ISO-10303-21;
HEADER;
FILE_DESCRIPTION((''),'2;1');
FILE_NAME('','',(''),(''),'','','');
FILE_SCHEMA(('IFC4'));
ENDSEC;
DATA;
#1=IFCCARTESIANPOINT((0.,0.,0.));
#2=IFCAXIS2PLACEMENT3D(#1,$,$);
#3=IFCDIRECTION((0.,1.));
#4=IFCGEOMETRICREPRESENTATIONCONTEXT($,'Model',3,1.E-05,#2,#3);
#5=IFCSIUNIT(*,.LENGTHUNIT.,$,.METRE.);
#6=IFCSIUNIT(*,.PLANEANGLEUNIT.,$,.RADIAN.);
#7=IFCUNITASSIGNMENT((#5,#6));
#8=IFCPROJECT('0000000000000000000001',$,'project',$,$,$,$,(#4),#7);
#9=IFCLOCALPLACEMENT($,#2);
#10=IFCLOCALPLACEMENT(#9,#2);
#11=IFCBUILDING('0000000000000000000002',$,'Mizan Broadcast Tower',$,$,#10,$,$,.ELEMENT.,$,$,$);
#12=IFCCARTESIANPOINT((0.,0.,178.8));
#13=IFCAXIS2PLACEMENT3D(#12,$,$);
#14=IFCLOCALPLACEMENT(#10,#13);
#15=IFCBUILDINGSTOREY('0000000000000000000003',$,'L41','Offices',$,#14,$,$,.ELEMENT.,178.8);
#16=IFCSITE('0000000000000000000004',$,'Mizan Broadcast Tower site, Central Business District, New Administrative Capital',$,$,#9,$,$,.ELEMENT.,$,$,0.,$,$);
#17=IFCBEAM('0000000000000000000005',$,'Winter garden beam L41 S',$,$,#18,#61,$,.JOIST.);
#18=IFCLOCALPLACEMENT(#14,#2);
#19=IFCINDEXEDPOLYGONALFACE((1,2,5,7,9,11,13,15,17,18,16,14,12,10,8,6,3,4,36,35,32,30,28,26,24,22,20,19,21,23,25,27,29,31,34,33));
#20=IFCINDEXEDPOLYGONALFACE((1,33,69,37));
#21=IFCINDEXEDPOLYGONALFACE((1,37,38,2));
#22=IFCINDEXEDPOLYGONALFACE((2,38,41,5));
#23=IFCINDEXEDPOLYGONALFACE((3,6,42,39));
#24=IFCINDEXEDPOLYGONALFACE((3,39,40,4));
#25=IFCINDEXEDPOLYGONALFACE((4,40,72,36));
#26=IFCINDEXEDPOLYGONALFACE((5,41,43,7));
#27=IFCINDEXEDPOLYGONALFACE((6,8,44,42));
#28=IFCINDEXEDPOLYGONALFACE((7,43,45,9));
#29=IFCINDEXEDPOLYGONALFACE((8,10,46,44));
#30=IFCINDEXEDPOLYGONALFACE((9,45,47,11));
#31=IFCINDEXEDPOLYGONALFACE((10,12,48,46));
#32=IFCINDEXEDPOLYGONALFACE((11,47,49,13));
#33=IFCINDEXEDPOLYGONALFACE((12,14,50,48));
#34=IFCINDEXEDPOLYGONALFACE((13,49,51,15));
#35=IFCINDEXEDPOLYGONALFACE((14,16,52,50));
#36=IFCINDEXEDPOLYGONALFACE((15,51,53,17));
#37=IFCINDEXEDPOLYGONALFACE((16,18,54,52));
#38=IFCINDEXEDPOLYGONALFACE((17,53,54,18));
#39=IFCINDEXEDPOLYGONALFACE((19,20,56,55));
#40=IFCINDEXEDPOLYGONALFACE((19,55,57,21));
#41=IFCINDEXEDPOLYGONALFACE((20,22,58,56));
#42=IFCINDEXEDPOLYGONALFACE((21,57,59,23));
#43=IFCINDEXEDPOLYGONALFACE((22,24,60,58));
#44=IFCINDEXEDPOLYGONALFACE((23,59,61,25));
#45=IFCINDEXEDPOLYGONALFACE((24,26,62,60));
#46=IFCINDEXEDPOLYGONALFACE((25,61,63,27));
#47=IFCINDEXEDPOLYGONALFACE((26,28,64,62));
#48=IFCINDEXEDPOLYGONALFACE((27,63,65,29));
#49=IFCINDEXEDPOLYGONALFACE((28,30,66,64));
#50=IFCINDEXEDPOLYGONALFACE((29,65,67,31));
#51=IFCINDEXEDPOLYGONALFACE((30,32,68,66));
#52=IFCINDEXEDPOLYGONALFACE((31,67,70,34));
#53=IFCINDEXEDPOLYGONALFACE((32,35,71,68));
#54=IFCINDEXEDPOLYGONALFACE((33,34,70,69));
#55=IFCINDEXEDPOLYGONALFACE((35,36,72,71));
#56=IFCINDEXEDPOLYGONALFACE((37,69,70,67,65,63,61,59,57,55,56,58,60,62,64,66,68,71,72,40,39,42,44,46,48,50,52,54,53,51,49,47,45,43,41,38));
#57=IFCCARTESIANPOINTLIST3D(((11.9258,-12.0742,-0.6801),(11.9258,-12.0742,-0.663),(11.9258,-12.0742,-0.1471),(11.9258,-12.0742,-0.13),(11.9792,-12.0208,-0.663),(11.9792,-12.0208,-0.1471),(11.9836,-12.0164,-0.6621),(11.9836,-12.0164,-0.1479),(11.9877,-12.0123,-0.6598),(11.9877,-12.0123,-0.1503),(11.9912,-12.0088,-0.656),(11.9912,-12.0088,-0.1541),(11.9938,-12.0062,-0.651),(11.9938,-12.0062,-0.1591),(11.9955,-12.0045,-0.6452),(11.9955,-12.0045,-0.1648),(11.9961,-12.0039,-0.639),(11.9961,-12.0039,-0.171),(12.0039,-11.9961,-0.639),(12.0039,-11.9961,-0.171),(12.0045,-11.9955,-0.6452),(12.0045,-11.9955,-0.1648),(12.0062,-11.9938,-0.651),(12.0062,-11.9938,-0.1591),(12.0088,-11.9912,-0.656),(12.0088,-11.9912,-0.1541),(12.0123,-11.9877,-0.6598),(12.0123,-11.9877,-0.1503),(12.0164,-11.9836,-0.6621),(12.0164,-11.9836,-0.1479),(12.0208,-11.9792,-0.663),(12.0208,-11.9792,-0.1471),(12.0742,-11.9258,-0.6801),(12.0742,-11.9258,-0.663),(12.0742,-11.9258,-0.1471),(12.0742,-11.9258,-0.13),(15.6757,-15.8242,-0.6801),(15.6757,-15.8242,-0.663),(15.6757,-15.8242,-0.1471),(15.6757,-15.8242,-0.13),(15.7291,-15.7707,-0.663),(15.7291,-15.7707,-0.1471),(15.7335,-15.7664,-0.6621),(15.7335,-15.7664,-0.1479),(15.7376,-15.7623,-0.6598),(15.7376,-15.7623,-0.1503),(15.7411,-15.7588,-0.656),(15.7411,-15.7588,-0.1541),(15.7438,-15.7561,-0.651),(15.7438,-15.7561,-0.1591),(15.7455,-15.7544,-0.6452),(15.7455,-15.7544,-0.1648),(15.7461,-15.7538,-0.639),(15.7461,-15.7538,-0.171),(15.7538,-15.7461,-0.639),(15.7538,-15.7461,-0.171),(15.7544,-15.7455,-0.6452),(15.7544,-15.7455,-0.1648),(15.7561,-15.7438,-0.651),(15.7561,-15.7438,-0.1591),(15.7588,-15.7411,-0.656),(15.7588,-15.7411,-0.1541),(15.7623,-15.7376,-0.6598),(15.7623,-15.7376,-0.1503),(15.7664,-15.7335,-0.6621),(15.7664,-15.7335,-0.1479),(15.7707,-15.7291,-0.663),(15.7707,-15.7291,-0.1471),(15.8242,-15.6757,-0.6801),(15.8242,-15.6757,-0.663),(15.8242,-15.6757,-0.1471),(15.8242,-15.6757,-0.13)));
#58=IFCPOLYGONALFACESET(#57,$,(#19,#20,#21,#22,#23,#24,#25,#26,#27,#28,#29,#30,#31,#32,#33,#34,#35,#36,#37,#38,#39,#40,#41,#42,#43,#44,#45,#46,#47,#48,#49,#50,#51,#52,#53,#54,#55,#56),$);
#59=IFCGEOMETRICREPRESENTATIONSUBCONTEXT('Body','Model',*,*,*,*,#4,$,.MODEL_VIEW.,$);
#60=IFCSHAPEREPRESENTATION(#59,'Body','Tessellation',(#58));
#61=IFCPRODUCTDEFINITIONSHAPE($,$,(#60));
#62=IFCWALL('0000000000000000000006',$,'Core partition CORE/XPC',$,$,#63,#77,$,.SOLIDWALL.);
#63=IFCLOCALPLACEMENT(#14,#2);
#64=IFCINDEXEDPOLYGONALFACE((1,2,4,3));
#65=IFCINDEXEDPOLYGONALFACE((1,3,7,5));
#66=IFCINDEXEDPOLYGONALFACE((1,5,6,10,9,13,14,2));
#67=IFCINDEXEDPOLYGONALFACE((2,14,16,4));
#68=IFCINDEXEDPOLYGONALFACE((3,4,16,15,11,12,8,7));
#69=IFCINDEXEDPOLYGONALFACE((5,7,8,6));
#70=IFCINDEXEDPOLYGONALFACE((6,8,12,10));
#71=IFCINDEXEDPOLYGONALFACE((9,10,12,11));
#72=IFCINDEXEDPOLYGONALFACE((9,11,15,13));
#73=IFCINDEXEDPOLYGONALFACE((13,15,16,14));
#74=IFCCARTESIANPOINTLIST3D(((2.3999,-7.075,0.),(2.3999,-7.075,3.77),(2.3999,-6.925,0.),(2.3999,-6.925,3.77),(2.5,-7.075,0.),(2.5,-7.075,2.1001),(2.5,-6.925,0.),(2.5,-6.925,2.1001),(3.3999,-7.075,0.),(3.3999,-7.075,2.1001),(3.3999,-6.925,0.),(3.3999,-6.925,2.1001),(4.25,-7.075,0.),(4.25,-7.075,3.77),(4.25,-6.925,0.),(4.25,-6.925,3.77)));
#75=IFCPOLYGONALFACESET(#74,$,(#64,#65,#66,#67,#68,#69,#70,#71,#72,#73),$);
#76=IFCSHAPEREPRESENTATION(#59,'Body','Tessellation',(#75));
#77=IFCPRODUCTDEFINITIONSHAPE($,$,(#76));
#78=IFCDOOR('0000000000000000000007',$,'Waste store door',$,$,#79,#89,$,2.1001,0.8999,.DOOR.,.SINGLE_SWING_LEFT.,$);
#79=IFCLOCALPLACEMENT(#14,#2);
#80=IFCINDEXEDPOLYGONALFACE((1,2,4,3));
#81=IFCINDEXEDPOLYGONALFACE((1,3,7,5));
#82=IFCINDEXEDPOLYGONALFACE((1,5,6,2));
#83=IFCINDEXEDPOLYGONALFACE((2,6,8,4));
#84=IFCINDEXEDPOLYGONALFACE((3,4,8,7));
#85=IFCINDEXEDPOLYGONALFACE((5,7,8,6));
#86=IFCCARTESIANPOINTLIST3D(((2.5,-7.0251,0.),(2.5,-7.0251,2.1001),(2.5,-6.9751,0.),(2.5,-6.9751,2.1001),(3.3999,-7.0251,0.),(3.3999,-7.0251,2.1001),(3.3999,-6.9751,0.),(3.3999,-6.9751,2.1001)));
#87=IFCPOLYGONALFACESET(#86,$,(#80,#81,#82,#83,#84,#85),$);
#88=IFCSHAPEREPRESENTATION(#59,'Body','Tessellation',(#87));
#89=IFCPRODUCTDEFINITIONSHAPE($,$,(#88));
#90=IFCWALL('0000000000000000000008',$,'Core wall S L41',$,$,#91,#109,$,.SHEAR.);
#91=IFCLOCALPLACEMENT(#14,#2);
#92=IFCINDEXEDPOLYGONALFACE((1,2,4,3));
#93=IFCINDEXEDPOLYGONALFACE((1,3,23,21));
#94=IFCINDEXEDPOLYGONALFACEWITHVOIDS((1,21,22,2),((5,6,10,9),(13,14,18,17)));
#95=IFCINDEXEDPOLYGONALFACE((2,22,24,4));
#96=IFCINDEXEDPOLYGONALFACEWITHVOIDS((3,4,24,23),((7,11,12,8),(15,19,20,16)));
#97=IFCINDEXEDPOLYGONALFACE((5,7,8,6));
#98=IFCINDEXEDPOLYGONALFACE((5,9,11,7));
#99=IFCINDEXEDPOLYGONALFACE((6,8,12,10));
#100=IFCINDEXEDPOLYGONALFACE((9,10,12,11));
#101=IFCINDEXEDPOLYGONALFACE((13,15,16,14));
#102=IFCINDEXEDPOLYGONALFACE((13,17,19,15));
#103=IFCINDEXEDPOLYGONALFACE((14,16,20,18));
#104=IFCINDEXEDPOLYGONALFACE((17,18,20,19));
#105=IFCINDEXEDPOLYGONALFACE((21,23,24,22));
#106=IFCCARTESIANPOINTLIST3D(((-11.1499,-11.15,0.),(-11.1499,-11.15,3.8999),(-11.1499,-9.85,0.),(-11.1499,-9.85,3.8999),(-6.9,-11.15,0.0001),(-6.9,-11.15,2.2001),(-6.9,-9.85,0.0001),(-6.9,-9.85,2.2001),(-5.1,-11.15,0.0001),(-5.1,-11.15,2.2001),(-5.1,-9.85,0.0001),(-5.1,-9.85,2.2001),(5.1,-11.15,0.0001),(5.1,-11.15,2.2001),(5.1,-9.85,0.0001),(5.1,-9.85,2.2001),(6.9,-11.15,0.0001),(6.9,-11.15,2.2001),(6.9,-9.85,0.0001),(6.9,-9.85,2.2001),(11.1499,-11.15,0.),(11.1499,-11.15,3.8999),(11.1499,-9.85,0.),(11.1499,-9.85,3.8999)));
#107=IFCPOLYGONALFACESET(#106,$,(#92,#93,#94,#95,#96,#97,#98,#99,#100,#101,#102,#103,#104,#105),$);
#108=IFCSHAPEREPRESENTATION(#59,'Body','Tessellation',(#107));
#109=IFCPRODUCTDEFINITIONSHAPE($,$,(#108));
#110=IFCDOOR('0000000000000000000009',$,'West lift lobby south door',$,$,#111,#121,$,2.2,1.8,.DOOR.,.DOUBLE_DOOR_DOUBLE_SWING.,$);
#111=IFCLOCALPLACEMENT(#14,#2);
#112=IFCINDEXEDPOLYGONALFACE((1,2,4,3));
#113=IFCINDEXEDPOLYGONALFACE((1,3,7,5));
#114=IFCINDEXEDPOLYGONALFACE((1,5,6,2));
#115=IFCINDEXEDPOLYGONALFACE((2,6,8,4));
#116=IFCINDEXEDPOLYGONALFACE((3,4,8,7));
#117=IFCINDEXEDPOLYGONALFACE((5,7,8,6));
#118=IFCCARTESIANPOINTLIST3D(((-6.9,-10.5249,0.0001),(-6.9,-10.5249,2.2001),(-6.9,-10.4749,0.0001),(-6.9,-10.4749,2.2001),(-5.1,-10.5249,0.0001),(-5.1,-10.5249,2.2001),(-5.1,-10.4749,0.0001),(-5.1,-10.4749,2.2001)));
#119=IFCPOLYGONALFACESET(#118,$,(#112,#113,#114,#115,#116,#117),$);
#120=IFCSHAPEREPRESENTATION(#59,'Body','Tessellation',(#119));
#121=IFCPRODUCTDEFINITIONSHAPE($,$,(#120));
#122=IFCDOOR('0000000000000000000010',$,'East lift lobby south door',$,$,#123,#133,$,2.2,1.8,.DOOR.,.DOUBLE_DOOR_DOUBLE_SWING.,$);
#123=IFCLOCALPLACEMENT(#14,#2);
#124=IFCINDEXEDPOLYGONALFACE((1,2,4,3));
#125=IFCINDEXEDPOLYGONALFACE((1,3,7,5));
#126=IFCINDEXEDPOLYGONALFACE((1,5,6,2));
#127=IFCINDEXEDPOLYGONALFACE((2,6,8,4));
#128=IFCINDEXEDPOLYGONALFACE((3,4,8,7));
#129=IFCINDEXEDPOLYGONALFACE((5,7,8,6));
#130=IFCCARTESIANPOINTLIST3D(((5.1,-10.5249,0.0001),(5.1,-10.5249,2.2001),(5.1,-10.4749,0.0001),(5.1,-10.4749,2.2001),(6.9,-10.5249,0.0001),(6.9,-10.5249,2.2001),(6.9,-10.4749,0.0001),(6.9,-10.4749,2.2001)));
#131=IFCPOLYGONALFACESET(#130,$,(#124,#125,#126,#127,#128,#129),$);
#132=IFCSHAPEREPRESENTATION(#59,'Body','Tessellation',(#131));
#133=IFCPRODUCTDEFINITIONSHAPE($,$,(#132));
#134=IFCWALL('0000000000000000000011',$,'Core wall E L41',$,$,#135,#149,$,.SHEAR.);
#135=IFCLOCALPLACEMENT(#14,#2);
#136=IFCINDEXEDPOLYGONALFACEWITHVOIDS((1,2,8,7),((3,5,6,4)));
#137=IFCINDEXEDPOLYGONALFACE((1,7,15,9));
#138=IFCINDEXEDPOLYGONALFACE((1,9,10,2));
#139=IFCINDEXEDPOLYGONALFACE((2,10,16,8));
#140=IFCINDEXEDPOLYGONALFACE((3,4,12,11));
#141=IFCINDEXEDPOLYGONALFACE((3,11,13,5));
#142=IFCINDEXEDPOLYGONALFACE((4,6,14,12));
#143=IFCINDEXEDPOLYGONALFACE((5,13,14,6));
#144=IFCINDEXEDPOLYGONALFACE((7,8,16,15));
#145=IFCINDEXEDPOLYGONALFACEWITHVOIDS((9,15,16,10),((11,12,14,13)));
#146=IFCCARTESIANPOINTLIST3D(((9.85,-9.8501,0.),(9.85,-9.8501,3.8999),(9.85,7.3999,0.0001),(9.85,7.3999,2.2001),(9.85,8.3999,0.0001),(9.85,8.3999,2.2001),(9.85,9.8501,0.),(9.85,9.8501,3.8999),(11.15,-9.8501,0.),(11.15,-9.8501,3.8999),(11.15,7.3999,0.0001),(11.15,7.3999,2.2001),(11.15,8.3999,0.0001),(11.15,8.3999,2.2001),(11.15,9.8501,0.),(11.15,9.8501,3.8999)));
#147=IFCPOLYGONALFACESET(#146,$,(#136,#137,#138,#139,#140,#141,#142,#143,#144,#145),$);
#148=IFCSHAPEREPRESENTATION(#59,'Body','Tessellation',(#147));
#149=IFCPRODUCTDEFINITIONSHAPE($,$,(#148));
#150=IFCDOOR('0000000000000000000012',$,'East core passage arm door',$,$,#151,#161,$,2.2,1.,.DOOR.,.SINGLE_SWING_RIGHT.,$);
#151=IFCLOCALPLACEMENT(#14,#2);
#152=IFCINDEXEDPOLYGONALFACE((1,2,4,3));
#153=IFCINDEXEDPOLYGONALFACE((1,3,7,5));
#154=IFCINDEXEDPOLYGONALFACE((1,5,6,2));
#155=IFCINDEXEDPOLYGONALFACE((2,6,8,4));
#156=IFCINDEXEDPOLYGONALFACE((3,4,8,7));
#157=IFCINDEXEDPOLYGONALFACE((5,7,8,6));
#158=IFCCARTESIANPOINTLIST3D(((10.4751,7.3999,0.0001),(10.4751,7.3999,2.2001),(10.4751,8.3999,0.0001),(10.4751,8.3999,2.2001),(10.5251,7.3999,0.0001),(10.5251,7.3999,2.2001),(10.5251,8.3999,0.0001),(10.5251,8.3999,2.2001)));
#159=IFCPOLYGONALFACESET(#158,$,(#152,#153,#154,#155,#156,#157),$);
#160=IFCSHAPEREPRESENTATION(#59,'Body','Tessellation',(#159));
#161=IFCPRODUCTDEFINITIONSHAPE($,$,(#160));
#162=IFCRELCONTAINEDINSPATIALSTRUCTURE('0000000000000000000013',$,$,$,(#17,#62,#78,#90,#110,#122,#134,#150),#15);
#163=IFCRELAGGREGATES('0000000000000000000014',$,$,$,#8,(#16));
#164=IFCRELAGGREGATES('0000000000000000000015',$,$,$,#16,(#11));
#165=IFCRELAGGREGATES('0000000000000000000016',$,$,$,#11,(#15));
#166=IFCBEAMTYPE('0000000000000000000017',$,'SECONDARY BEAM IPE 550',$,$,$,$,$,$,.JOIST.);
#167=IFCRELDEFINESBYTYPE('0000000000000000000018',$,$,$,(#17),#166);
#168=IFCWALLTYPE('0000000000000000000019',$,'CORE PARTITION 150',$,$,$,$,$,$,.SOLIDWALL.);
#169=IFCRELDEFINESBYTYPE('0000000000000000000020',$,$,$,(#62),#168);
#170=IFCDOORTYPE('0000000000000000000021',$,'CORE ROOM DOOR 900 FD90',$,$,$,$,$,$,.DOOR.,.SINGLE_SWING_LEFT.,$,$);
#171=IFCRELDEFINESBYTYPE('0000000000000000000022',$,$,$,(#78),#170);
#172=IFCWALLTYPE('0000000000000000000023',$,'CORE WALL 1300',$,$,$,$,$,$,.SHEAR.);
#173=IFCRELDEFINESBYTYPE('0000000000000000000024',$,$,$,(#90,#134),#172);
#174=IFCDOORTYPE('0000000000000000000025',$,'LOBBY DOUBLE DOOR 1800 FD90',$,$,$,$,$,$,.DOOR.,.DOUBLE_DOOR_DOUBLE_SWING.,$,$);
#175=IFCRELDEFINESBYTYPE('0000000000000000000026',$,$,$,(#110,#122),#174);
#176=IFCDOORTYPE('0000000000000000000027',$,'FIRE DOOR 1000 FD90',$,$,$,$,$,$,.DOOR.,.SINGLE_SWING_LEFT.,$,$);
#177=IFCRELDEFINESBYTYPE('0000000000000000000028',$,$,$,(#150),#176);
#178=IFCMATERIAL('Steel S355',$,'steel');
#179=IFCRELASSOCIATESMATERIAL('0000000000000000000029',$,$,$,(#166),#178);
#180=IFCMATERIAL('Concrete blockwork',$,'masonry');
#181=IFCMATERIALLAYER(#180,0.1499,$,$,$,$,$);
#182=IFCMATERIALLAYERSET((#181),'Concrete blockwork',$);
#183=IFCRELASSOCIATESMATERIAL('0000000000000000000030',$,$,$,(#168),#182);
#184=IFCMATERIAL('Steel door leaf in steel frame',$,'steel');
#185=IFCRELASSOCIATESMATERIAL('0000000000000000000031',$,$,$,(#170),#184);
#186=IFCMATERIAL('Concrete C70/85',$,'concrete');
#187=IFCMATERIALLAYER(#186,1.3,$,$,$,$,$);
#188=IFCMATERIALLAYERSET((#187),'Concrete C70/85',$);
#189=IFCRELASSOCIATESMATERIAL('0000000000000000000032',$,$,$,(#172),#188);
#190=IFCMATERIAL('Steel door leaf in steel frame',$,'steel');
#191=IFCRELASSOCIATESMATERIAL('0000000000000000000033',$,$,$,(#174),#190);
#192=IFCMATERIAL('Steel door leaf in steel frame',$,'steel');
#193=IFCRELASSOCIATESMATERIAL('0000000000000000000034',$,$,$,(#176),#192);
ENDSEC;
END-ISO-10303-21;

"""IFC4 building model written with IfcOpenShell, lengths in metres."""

from ifc_helpers import new_model, si_unit, direction, frame, frame_2d, origin, origin_2d, place, context, subcontext, project, spatial, rectangle, i_section, extrude, material, layer, layer_set, material_profile, profile_set, type_object, element, fill, save


model = new_model("IFC4")

# Units and contexts
model_context = context("Model", 3, precision=1e-05, world=origin(), true_north=direction((0.0, 1.0)))
body_context = subcontext(model_context, "Body", "Model", "MODEL_VIEW")
ifc_project = project(units=[si_unit("LENGTHUNIT", "METRE"), si_unit("PLANEANGLEUNIT", "RADIAN")], contexts=[model_context])

# Site, building, storey
site_placement = place(None, origin())
site = spatial("IfcSite", under=ifc_project, at=site_placement, Name="Mizan Broadcast Tower site, Central Business District, New Administrative Capital", CompositionType="ELEMENT", RefElevation=0.0)
building_placement = place(site_placement, origin())
building = spatial("IfcBuilding", under=site, at=building_placement, Name="Mizan Broadcast Tower", CompositionType="ELEMENT")
storey_placement = place(building_placement, frame((0.0, 0.0, 178.8)))
storey = spatial("IfcBuildingStorey", under=building, at=storey_placement, Name="L41", Description="Offices", CompositionType="ELEMENT", Elevation=178.8)

# Beam
ifc_material_1 = material(Name="Steel S355", Category="steel")
ifc_material_profile_1 = material_profile(ifc_material_1, i_section(OverallWidth=0.21, OverallDepth=0.55, WebThickness=0.011, FlangeThickness=0.0171, FilletRadius=0.0239, at=origin_2d()), Name="IPE 550")
ifc_profile_set_1 = profile_set([ifc_material_profile_1], Name="Steel S355")
beam_type_1 = type_object("IfcBeamType", Name="SECONDARY BEAM IPE 550", PredefinedType="JOIST", material=ifc_profile_set_1)
beam_1_placement = place(storey_placement, frame((12.0, -12.0, -0.405), z_axis=(0.707107, -0.707107, 0.0), x_axis=(0.707107, 0.707107, 0.0)))
element("IfcBeam", 1, at=beam_1_placement, inside=storey, type_object=beam_type_1, Name="Winter garden beam L41 S", PredefinedType="JOIST", context=body_context, shape_type="SweptSolid", body=[
    extrude(i_section(OverallWidth=0.21, OverallDepth=0.55, WebThickness=0.011, FlangeThickness=0.0171, FilletRadius=0.0239, at=origin_2d()), origin(), (0.0, 0.0, 1.0), 5.3032),
])

# Wall, opening, door
ifc_material_2 = material(Name="Concrete blockwork", Category="masonry")
ifc_layer_1 = layer(ifc_material_2, 0.1499)
ifc_layer_set_1 = layer_set([ifc_layer_1], Name="Concrete blockwork")
wall_type_1 = type_object("IfcWallType", Name="CORE PARTITION 150", PredefinedType="SOLIDWALL", material=ifc_layer_set_1)
wall_1_placement = place(storey_placement, frame((2.3999, -7.0, 0.0), z_axis=(0.0, 0.0, 1.0), x_axis=(1.0, 0.0, 0.0)))
wall_1 = element("IfcWall", 2, at=wall_1_placement, inside=storey, type_object=wall_type_1, Name="Core partition CORE/XPC", PredefinedType="SOLIDWALL", context=body_context, shape_type="SweptSolid", body=[
    extrude(rectangle(XDim=1.8501, YDim=0.1499, at=frame_2d((0.925, 0.0))), origin(), (0.0, 0.0, 1.0), 3.77),
])
opening_1_placement = place(wall_1_placement, frame((0.1001, 0.0, 0.0)))
opening_1 = element("IfcOpeningElement", 3, at=opening_1_placement, cuts=wall_1, PredefinedType="OPENING", context=body_context, shape_type="SweptSolid", body=[
    extrude(rectangle(XDim=0.8999, YDim=2.1001, at=frame_2d((0.45, 1.05))), frame((0.0, 0.085, 0.0), z_axis=(0.0, -1.0, 0.0), x_axis=(1.0, 0.0, 0.0)), (0.0, 0.0, 1.0), 0.1699),
])
ifc_material_3 = material(Name="Steel door leaf in steel frame", Category="steel")
door_type_1 = type_object("IfcDoorType", Name="CORE ROOM DOOR 900 FD90", OperationType="SINGLE_SWING_LEFT", PredefinedType="DOOR", material=ifc_material_3)
door_1_placement = place(opening_1_placement, origin())
door_1 = element("IfcDoor", 4, at=door_1_placement, inside=storey, type_object=door_type_1, Name="Waste store door", OperationType="SINGLE_SWING_LEFT", OverallHeight=2.1001, OverallWidth=0.8999, PredefinedType="DOOR", context=body_context, shape_type="SweptSolid", body=[
    extrude(rectangle(XDim=0.8999, YDim=2.1001, at=frame_2d((0.45, 1.05))), frame((0.0, 0.0249, 0.0), z_axis=(0.0, -1.0, 0.0), x_axis=(1.0, 0.0, 0.0)), (0.0, 0.0, 1.0), 0.05),
])
fill(opening_1, door_1)

# Wall, openings, doors
ifc_material_4 = material(Name="Concrete C70/85", Category="concrete")
ifc_layer_2 = layer(ifc_material_4, 1.3)
ifc_layer_set_2 = layer_set([ifc_layer_2], Name="Concrete C70/85")
wall_type_2 = type_object("IfcWallType", Name="CORE WALL 1300", PredefinedType="SHEAR", material=ifc_layer_set_2)
wall_2_placement = place(storey_placement, frame((11.1499, -10.5, 0.0), z_axis=(0.0, 0.0, 1.0), x_axis=(-1.0, 0.0, 0.0)))
wall_2 = element("IfcWall", 5, at=wall_2_placement, inside=storey, type_object=wall_type_2, Name="Core wall S L41", PredefinedType="SHEAR", context=body_context, shape_type="SweptSolid", body=[
    extrude(rectangle(XDim=22.2998, YDim=1.3, at=frame_2d((11.1499, 0.0))), origin(), (0.0, 0.0, 1.0), 3.8999),
])
opening_2_placement = place(wall_2_placement, frame((16.25, 0.0, 0.0)))
opening_2 = element("IfcOpeningElement", 6, at=opening_2_placement, cuts=wall_2, PredefinedType="OPENING", context=body_context, shape_type="SweptSolid", body=[
    extrude(rectangle(XDim=1.8, YDim=2.2, at=frame_2d((0.8999, 1.1001))), frame((0.0, 0.6599, 0.0), z_axis=(0.0, -1.0, 0.0), x_axis=(1.0, 0.0, 0.0)), (0.0, 0.0, 1.0), 1.3201),
])
opening_3_placement = place(wall_2_placement, frame((4.25, 0.0, 0.0)))
opening_3 = element("IfcOpeningElement", 7, at=opening_3_placement, cuts=wall_2, PredefinedType="OPENING", context=body_context, shape_type="SweptSolid", body=[
    extrude(rectangle(XDim=1.8, YDim=2.2, at=frame_2d((0.8999, 1.1001))), frame((0.0, 0.6599, 0.0), z_axis=(0.0, -1.0, 0.0), x_axis=(1.0, 0.0, 0.0)), (0.0, 0.0, 1.0), 1.3201),
])
ifc_material_5 = material(Name="Steel door leaf in steel frame", Category="steel")
door_type_2 = type_object("IfcDoorType", Name="LOBBY DOUBLE DOOR 1800 FD90", OperationType="DOUBLE_DOOR_DOUBLE_SWING", PredefinedType="DOOR", material=ifc_material_5)
door_2_placement = place(opening_2_placement, origin())
door_2 = element("IfcDoor", 8, at=door_2_placement, inside=storey, type_object=door_type_2, Name="West lift lobby south door", OperationType="DOUBLE_DOOR_DOUBLE_SWING", OverallHeight=2.2, OverallWidth=1.8, PredefinedType="DOOR", context=body_context, shape_type="SweptSolid", body=[
    extrude(rectangle(XDim=1.8, YDim=2.2, at=frame_2d((0.8999, 1.1001))), frame((0.0, 0.0249, 0.0), z_axis=(0.0, -1.0, 0.0), x_axis=(1.0, 0.0, 0.0)), (0.0, 0.0, 1.0), 0.05),
])
fill(opening_2, door_2)
door_3_placement = place(opening_3_placement, origin())
door_3 = element("IfcDoor", 9, at=door_3_placement, inside=storey, type_object=door_type_2, Name="East lift lobby south door", OperationType="DOUBLE_DOOR_DOUBLE_SWING", OverallHeight=2.2, OverallWidth=1.8, PredefinedType="DOOR", context=body_context, shape_type="SweptSolid", body=[
    extrude(rectangle(XDim=1.8, YDim=2.2, at=frame_2d((0.8999, 1.1001))), frame((0.0, 0.0249, 0.0), z_axis=(0.0, -1.0, 0.0), x_axis=(1.0, 0.0, 0.0)), (0.0, 0.0, 1.0), 0.05),
])
fill(opening_3, door_3)

# Wall, opening, door
wall_3_placement = place(storey_placement, frame((10.5, -9.8501, 0.0), z_axis=(0.0, 0.0, 1.0), x_axis=(0.0, 1.0, 0.0)))
wall_3 = element("IfcWall", 10, at=wall_3_placement, inside=storey, type_object=wall_type_2, Name="Core wall E L41", PredefinedType="SHEAR", context=body_context, shape_type="SweptSolid", body=[
    extrude(rectangle(XDim=19.7002, YDim=1.3, at=frame_2d((9.8501, 0.0))), origin(), (0.0, 0.0, 1.0), 3.8999),
])
opening_4_placement = place(wall_3_placement, frame((17.25, 0.0, 0.0)))
opening_4 = element("IfcOpeningElement", 11, at=opening_4_placement, cuts=wall_3, PredefinedType="OPENING", context=body_context, shape_type="SweptSolid", body=[
    extrude(rectangle(XDim=1.0, YDim=2.2, at=frame_2d((0.5, 1.1001))), frame((0.0, 0.6599, 0.0), z_axis=(0.0, -1.0, 0.0), x_axis=(1.0, 0.0, 0.0)), (0.0, 0.0, 1.0), 1.3201),
])
ifc_material_6 = material(Name="Steel door leaf in steel frame", Category="steel")
door_type_3 = type_object("IfcDoorType", Name="FIRE DOOR 1000 FD90", OperationType="SINGLE_SWING_LEFT", PredefinedType="DOOR", material=ifc_material_6)
door_4_placement = place(opening_4_placement, origin())
door_4 = element("IfcDoor", 12, at=door_4_placement, inside=storey, type_object=door_type_3, Name="East core passage arm door", OperationType="SINGLE_SWING_RIGHT", OverallHeight=2.2, OverallWidth=1.0, PredefinedType="DOOR", context=body_context, shape_type="SweptSolid", body=[
    extrude(rectangle(XDim=1.0, YDim=2.2, at=frame_2d((0.5, 1.1001))), frame((0.0, 0.0249, 0.0), z_axis=(0.0, -1.0, 0.0), x_axis=(1.0, 0.0, 0.0)), (0.0, 0.0, 1.0), 0.05),
])
fill(opening_4, door_4)

save(model, "model.ifc")
